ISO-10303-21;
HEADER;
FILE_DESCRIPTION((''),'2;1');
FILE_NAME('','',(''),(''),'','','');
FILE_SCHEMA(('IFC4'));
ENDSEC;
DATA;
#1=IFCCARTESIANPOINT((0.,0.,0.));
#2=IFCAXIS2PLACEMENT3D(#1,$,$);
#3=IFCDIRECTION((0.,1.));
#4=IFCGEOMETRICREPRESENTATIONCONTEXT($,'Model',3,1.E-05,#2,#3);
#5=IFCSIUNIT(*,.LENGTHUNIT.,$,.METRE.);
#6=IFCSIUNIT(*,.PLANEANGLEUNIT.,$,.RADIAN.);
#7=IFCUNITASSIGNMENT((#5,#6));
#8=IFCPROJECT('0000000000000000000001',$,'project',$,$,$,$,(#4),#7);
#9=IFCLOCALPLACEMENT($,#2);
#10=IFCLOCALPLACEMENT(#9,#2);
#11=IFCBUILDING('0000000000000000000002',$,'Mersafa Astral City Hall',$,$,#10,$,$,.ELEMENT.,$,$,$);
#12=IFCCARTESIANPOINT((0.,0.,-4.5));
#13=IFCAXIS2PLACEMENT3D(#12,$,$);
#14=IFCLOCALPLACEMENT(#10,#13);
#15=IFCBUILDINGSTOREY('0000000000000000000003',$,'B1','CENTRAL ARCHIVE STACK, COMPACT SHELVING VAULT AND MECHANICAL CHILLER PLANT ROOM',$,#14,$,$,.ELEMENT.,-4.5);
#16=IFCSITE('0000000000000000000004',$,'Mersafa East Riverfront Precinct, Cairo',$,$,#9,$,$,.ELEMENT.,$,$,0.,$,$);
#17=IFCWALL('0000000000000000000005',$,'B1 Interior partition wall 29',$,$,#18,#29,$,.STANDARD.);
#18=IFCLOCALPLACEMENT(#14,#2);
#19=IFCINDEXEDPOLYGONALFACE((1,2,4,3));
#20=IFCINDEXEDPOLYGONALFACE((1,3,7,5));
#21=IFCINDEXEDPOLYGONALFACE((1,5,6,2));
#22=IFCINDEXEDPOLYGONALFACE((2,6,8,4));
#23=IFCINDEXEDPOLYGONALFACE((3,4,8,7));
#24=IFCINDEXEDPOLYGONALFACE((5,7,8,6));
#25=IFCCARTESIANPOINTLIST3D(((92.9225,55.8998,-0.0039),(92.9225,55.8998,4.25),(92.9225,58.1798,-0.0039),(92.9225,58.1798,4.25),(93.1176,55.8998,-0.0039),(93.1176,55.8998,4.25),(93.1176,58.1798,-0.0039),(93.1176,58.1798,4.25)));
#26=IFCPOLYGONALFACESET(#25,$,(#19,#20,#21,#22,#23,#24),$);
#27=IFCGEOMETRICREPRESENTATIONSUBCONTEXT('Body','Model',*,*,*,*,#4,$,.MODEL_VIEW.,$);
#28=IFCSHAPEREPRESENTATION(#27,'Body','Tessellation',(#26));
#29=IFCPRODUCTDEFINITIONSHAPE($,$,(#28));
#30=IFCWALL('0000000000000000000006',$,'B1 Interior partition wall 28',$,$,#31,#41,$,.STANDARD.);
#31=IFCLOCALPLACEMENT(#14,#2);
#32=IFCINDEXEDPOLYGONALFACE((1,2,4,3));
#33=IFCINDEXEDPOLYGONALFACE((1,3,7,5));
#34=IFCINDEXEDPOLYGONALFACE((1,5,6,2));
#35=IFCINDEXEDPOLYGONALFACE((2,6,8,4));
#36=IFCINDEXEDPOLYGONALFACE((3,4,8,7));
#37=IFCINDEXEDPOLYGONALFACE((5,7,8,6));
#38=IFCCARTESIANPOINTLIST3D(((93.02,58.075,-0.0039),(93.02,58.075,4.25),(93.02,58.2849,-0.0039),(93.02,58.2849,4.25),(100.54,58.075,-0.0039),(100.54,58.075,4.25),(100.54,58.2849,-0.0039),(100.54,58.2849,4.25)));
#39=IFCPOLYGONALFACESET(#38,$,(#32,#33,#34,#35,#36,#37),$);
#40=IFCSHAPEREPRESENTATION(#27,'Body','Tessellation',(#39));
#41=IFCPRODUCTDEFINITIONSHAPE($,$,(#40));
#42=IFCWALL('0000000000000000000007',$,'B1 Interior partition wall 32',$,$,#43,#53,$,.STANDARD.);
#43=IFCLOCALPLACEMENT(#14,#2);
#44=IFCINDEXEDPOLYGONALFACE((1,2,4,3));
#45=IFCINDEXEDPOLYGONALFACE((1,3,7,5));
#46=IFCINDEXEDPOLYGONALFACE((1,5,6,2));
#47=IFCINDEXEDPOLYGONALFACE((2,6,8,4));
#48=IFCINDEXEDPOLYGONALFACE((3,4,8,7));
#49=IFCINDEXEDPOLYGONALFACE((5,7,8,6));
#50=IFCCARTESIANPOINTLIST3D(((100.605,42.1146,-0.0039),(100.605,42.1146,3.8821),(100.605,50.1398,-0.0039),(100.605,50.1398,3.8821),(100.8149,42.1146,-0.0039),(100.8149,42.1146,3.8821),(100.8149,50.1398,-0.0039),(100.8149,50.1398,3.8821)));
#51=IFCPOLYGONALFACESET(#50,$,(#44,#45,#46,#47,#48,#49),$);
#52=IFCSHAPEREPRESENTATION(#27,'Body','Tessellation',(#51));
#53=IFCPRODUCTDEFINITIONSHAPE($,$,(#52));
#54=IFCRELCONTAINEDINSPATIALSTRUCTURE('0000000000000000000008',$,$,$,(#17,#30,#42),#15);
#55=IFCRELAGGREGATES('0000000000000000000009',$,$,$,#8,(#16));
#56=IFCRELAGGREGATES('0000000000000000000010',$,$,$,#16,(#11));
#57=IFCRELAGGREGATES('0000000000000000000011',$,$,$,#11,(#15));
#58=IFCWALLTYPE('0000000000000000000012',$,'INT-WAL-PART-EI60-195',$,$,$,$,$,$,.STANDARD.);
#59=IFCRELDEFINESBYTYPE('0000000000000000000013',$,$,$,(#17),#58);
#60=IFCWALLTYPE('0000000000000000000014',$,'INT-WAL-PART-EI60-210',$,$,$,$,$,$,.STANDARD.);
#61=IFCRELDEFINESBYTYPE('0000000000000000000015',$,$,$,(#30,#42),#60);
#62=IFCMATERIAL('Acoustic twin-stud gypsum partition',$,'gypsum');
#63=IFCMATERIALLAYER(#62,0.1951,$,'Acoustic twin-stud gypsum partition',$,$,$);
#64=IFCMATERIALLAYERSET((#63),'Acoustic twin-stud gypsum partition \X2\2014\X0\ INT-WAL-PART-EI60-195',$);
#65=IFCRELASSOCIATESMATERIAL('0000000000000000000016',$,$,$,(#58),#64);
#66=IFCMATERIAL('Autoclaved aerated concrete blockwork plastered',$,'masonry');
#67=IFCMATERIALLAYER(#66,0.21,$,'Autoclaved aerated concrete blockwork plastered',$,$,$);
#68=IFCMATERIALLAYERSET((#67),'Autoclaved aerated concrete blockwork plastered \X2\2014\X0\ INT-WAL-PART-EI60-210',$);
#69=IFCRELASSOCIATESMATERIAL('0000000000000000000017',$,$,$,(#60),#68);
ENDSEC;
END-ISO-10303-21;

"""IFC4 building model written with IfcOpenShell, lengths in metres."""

from ifc_helpers import new_model, si_unit, direction, frame, frame_2d, origin, place, context, subcontext, project, spatial, rectangle, extrude, material, layer, layer_set, type_object, element, save


model = new_model("IFC4")

# Units and contexts
model_context = context("Model", 3, precision=1e-05, world=origin(), true_north=direction((0.0, 1.0)))
body_context = subcontext(model_context, "Body", "Model", "MODEL_VIEW")
ifc_project = project(units=[si_unit("LENGTHUNIT", "METRE"), si_unit("PLANEANGLEUNIT", "RADIAN")], contexts=[model_context])

# Site, building, storey
site_placement = place(None, origin())
site = spatial("IfcSite", under=ifc_project, at=site_placement, Name="Mersafa East Riverfront Precinct, Cairo", CompositionType="ELEMENT", RefElevation=0.0)
building_placement = place(site_placement, origin())
building = spatial("IfcBuilding", under=site, at=building_placement, Name="Mersafa Astral City Hall", CompositionType="ELEMENT")
storey_placement = place(building_placement, frame((0.0, 0.0, -4.5)))
storey = spatial("IfcBuildingStorey", under=building, at=storey_placement, Name="B1", Description="CENTRAL ARCHIVE STACK, COMPACT SHELVING VAULT AND MECHANICAL CHILLER PLANT ROOM", CompositionType="ELEMENT", Elevation=-4.5)

# Shared definitions
ifc_material_1 = material(Name="Acoustic twin-stud gypsum partition", Category="gypsum")

# Walls
ifc_layer_1 = layer(ifc_material_1, 0.1951, Name="Acoustic twin-stud gypsum partition")
ifc_layer_set_1 = layer_set([ifc_layer_1], Name="Acoustic twin-stud gypsum partition — INT-WAL-PART-EI60-195")
wall_type_1 = type_object("IfcWallType", Name="INT-WAL-PART-EI60-195", PredefinedType="STANDARD", material=ifc_layer_set_1)
wall_1_placement = place(storey_placement, frame((93.02, 58.1799, -0.0039), z_axis=(0.0, 0.0, 1.0), x_axis=(0.0, -1.0, 0.0)))
element("IfcWall", 1, at=wall_1_placement, inside=storey, type_object=wall_type_1, Name="B1 Interior partition wall 29", PredefinedType="STANDARD", context=body_context, shape_type="SweptSolid", body=[
    extrude(rectangle(XDim=2.28, YDim=0.1951, at=frame_2d((1.1401, 0.0))), origin(), (0.0, 0.0, 1.0), 4.2539),
])
ifc_material_2 = material(Name="Autoclaved aerated concrete blockwork plastered", Category="masonry")
ifc_layer_2 = layer(ifc_material_2, 0.21, Name="Autoclaved aerated concrete blockwork plastered")
ifc_layer_set_2 = layer_set([ifc_layer_2], Name="Autoclaved aerated concrete blockwork plastered — INT-WAL-PART-EI60-210")
wall_type_2 = type_object("IfcWallType", Name="INT-WAL-PART-EI60-210", PredefinedType="STANDARD", material=ifc_layer_set_2)
wall_2_placement = place(storey_placement, frame((100.54, 58.1799, -0.0039), z_axis=(0.0, 0.0, 1.0), x_axis=(-1.0, 0.0, 0.0)))
element("IfcWall", 2, at=wall_2_placement, inside=storey, type_object=wall_type_2, Name="B1 Interior partition wall 28", PredefinedType="STANDARD", context=body_context, shape_type="SweptSolid", body=[
    extrude(rectangle(XDim=7.52, YDim=0.21, at=frame_2d((3.76, 0.0))), origin(), (0.0, 0.0, 1.0), 4.2539),
])
wall_3_placement = place(storey_placement, frame((100.71, 50.1399, -0.0039), z_axis=(0.0, 0.0, 1.0), x_axis=(0.0, -1.0, 0.0)))
element("IfcWall", 3, at=wall_3_placement, inside=storey, type_object=wall_type_2, Name="B1 Interior partition wall 32", PredefinedType="STANDARD", context=body_context, shape_type="SweptSolid", body=[
    extrude(rectangle(XDim=8.0251, YDim=0.21, at=frame_2d((4.0127, 0.0))), origin(), (0.0, 0.0, 1.0), 3.886),
])

save(model, "model.ifc")
